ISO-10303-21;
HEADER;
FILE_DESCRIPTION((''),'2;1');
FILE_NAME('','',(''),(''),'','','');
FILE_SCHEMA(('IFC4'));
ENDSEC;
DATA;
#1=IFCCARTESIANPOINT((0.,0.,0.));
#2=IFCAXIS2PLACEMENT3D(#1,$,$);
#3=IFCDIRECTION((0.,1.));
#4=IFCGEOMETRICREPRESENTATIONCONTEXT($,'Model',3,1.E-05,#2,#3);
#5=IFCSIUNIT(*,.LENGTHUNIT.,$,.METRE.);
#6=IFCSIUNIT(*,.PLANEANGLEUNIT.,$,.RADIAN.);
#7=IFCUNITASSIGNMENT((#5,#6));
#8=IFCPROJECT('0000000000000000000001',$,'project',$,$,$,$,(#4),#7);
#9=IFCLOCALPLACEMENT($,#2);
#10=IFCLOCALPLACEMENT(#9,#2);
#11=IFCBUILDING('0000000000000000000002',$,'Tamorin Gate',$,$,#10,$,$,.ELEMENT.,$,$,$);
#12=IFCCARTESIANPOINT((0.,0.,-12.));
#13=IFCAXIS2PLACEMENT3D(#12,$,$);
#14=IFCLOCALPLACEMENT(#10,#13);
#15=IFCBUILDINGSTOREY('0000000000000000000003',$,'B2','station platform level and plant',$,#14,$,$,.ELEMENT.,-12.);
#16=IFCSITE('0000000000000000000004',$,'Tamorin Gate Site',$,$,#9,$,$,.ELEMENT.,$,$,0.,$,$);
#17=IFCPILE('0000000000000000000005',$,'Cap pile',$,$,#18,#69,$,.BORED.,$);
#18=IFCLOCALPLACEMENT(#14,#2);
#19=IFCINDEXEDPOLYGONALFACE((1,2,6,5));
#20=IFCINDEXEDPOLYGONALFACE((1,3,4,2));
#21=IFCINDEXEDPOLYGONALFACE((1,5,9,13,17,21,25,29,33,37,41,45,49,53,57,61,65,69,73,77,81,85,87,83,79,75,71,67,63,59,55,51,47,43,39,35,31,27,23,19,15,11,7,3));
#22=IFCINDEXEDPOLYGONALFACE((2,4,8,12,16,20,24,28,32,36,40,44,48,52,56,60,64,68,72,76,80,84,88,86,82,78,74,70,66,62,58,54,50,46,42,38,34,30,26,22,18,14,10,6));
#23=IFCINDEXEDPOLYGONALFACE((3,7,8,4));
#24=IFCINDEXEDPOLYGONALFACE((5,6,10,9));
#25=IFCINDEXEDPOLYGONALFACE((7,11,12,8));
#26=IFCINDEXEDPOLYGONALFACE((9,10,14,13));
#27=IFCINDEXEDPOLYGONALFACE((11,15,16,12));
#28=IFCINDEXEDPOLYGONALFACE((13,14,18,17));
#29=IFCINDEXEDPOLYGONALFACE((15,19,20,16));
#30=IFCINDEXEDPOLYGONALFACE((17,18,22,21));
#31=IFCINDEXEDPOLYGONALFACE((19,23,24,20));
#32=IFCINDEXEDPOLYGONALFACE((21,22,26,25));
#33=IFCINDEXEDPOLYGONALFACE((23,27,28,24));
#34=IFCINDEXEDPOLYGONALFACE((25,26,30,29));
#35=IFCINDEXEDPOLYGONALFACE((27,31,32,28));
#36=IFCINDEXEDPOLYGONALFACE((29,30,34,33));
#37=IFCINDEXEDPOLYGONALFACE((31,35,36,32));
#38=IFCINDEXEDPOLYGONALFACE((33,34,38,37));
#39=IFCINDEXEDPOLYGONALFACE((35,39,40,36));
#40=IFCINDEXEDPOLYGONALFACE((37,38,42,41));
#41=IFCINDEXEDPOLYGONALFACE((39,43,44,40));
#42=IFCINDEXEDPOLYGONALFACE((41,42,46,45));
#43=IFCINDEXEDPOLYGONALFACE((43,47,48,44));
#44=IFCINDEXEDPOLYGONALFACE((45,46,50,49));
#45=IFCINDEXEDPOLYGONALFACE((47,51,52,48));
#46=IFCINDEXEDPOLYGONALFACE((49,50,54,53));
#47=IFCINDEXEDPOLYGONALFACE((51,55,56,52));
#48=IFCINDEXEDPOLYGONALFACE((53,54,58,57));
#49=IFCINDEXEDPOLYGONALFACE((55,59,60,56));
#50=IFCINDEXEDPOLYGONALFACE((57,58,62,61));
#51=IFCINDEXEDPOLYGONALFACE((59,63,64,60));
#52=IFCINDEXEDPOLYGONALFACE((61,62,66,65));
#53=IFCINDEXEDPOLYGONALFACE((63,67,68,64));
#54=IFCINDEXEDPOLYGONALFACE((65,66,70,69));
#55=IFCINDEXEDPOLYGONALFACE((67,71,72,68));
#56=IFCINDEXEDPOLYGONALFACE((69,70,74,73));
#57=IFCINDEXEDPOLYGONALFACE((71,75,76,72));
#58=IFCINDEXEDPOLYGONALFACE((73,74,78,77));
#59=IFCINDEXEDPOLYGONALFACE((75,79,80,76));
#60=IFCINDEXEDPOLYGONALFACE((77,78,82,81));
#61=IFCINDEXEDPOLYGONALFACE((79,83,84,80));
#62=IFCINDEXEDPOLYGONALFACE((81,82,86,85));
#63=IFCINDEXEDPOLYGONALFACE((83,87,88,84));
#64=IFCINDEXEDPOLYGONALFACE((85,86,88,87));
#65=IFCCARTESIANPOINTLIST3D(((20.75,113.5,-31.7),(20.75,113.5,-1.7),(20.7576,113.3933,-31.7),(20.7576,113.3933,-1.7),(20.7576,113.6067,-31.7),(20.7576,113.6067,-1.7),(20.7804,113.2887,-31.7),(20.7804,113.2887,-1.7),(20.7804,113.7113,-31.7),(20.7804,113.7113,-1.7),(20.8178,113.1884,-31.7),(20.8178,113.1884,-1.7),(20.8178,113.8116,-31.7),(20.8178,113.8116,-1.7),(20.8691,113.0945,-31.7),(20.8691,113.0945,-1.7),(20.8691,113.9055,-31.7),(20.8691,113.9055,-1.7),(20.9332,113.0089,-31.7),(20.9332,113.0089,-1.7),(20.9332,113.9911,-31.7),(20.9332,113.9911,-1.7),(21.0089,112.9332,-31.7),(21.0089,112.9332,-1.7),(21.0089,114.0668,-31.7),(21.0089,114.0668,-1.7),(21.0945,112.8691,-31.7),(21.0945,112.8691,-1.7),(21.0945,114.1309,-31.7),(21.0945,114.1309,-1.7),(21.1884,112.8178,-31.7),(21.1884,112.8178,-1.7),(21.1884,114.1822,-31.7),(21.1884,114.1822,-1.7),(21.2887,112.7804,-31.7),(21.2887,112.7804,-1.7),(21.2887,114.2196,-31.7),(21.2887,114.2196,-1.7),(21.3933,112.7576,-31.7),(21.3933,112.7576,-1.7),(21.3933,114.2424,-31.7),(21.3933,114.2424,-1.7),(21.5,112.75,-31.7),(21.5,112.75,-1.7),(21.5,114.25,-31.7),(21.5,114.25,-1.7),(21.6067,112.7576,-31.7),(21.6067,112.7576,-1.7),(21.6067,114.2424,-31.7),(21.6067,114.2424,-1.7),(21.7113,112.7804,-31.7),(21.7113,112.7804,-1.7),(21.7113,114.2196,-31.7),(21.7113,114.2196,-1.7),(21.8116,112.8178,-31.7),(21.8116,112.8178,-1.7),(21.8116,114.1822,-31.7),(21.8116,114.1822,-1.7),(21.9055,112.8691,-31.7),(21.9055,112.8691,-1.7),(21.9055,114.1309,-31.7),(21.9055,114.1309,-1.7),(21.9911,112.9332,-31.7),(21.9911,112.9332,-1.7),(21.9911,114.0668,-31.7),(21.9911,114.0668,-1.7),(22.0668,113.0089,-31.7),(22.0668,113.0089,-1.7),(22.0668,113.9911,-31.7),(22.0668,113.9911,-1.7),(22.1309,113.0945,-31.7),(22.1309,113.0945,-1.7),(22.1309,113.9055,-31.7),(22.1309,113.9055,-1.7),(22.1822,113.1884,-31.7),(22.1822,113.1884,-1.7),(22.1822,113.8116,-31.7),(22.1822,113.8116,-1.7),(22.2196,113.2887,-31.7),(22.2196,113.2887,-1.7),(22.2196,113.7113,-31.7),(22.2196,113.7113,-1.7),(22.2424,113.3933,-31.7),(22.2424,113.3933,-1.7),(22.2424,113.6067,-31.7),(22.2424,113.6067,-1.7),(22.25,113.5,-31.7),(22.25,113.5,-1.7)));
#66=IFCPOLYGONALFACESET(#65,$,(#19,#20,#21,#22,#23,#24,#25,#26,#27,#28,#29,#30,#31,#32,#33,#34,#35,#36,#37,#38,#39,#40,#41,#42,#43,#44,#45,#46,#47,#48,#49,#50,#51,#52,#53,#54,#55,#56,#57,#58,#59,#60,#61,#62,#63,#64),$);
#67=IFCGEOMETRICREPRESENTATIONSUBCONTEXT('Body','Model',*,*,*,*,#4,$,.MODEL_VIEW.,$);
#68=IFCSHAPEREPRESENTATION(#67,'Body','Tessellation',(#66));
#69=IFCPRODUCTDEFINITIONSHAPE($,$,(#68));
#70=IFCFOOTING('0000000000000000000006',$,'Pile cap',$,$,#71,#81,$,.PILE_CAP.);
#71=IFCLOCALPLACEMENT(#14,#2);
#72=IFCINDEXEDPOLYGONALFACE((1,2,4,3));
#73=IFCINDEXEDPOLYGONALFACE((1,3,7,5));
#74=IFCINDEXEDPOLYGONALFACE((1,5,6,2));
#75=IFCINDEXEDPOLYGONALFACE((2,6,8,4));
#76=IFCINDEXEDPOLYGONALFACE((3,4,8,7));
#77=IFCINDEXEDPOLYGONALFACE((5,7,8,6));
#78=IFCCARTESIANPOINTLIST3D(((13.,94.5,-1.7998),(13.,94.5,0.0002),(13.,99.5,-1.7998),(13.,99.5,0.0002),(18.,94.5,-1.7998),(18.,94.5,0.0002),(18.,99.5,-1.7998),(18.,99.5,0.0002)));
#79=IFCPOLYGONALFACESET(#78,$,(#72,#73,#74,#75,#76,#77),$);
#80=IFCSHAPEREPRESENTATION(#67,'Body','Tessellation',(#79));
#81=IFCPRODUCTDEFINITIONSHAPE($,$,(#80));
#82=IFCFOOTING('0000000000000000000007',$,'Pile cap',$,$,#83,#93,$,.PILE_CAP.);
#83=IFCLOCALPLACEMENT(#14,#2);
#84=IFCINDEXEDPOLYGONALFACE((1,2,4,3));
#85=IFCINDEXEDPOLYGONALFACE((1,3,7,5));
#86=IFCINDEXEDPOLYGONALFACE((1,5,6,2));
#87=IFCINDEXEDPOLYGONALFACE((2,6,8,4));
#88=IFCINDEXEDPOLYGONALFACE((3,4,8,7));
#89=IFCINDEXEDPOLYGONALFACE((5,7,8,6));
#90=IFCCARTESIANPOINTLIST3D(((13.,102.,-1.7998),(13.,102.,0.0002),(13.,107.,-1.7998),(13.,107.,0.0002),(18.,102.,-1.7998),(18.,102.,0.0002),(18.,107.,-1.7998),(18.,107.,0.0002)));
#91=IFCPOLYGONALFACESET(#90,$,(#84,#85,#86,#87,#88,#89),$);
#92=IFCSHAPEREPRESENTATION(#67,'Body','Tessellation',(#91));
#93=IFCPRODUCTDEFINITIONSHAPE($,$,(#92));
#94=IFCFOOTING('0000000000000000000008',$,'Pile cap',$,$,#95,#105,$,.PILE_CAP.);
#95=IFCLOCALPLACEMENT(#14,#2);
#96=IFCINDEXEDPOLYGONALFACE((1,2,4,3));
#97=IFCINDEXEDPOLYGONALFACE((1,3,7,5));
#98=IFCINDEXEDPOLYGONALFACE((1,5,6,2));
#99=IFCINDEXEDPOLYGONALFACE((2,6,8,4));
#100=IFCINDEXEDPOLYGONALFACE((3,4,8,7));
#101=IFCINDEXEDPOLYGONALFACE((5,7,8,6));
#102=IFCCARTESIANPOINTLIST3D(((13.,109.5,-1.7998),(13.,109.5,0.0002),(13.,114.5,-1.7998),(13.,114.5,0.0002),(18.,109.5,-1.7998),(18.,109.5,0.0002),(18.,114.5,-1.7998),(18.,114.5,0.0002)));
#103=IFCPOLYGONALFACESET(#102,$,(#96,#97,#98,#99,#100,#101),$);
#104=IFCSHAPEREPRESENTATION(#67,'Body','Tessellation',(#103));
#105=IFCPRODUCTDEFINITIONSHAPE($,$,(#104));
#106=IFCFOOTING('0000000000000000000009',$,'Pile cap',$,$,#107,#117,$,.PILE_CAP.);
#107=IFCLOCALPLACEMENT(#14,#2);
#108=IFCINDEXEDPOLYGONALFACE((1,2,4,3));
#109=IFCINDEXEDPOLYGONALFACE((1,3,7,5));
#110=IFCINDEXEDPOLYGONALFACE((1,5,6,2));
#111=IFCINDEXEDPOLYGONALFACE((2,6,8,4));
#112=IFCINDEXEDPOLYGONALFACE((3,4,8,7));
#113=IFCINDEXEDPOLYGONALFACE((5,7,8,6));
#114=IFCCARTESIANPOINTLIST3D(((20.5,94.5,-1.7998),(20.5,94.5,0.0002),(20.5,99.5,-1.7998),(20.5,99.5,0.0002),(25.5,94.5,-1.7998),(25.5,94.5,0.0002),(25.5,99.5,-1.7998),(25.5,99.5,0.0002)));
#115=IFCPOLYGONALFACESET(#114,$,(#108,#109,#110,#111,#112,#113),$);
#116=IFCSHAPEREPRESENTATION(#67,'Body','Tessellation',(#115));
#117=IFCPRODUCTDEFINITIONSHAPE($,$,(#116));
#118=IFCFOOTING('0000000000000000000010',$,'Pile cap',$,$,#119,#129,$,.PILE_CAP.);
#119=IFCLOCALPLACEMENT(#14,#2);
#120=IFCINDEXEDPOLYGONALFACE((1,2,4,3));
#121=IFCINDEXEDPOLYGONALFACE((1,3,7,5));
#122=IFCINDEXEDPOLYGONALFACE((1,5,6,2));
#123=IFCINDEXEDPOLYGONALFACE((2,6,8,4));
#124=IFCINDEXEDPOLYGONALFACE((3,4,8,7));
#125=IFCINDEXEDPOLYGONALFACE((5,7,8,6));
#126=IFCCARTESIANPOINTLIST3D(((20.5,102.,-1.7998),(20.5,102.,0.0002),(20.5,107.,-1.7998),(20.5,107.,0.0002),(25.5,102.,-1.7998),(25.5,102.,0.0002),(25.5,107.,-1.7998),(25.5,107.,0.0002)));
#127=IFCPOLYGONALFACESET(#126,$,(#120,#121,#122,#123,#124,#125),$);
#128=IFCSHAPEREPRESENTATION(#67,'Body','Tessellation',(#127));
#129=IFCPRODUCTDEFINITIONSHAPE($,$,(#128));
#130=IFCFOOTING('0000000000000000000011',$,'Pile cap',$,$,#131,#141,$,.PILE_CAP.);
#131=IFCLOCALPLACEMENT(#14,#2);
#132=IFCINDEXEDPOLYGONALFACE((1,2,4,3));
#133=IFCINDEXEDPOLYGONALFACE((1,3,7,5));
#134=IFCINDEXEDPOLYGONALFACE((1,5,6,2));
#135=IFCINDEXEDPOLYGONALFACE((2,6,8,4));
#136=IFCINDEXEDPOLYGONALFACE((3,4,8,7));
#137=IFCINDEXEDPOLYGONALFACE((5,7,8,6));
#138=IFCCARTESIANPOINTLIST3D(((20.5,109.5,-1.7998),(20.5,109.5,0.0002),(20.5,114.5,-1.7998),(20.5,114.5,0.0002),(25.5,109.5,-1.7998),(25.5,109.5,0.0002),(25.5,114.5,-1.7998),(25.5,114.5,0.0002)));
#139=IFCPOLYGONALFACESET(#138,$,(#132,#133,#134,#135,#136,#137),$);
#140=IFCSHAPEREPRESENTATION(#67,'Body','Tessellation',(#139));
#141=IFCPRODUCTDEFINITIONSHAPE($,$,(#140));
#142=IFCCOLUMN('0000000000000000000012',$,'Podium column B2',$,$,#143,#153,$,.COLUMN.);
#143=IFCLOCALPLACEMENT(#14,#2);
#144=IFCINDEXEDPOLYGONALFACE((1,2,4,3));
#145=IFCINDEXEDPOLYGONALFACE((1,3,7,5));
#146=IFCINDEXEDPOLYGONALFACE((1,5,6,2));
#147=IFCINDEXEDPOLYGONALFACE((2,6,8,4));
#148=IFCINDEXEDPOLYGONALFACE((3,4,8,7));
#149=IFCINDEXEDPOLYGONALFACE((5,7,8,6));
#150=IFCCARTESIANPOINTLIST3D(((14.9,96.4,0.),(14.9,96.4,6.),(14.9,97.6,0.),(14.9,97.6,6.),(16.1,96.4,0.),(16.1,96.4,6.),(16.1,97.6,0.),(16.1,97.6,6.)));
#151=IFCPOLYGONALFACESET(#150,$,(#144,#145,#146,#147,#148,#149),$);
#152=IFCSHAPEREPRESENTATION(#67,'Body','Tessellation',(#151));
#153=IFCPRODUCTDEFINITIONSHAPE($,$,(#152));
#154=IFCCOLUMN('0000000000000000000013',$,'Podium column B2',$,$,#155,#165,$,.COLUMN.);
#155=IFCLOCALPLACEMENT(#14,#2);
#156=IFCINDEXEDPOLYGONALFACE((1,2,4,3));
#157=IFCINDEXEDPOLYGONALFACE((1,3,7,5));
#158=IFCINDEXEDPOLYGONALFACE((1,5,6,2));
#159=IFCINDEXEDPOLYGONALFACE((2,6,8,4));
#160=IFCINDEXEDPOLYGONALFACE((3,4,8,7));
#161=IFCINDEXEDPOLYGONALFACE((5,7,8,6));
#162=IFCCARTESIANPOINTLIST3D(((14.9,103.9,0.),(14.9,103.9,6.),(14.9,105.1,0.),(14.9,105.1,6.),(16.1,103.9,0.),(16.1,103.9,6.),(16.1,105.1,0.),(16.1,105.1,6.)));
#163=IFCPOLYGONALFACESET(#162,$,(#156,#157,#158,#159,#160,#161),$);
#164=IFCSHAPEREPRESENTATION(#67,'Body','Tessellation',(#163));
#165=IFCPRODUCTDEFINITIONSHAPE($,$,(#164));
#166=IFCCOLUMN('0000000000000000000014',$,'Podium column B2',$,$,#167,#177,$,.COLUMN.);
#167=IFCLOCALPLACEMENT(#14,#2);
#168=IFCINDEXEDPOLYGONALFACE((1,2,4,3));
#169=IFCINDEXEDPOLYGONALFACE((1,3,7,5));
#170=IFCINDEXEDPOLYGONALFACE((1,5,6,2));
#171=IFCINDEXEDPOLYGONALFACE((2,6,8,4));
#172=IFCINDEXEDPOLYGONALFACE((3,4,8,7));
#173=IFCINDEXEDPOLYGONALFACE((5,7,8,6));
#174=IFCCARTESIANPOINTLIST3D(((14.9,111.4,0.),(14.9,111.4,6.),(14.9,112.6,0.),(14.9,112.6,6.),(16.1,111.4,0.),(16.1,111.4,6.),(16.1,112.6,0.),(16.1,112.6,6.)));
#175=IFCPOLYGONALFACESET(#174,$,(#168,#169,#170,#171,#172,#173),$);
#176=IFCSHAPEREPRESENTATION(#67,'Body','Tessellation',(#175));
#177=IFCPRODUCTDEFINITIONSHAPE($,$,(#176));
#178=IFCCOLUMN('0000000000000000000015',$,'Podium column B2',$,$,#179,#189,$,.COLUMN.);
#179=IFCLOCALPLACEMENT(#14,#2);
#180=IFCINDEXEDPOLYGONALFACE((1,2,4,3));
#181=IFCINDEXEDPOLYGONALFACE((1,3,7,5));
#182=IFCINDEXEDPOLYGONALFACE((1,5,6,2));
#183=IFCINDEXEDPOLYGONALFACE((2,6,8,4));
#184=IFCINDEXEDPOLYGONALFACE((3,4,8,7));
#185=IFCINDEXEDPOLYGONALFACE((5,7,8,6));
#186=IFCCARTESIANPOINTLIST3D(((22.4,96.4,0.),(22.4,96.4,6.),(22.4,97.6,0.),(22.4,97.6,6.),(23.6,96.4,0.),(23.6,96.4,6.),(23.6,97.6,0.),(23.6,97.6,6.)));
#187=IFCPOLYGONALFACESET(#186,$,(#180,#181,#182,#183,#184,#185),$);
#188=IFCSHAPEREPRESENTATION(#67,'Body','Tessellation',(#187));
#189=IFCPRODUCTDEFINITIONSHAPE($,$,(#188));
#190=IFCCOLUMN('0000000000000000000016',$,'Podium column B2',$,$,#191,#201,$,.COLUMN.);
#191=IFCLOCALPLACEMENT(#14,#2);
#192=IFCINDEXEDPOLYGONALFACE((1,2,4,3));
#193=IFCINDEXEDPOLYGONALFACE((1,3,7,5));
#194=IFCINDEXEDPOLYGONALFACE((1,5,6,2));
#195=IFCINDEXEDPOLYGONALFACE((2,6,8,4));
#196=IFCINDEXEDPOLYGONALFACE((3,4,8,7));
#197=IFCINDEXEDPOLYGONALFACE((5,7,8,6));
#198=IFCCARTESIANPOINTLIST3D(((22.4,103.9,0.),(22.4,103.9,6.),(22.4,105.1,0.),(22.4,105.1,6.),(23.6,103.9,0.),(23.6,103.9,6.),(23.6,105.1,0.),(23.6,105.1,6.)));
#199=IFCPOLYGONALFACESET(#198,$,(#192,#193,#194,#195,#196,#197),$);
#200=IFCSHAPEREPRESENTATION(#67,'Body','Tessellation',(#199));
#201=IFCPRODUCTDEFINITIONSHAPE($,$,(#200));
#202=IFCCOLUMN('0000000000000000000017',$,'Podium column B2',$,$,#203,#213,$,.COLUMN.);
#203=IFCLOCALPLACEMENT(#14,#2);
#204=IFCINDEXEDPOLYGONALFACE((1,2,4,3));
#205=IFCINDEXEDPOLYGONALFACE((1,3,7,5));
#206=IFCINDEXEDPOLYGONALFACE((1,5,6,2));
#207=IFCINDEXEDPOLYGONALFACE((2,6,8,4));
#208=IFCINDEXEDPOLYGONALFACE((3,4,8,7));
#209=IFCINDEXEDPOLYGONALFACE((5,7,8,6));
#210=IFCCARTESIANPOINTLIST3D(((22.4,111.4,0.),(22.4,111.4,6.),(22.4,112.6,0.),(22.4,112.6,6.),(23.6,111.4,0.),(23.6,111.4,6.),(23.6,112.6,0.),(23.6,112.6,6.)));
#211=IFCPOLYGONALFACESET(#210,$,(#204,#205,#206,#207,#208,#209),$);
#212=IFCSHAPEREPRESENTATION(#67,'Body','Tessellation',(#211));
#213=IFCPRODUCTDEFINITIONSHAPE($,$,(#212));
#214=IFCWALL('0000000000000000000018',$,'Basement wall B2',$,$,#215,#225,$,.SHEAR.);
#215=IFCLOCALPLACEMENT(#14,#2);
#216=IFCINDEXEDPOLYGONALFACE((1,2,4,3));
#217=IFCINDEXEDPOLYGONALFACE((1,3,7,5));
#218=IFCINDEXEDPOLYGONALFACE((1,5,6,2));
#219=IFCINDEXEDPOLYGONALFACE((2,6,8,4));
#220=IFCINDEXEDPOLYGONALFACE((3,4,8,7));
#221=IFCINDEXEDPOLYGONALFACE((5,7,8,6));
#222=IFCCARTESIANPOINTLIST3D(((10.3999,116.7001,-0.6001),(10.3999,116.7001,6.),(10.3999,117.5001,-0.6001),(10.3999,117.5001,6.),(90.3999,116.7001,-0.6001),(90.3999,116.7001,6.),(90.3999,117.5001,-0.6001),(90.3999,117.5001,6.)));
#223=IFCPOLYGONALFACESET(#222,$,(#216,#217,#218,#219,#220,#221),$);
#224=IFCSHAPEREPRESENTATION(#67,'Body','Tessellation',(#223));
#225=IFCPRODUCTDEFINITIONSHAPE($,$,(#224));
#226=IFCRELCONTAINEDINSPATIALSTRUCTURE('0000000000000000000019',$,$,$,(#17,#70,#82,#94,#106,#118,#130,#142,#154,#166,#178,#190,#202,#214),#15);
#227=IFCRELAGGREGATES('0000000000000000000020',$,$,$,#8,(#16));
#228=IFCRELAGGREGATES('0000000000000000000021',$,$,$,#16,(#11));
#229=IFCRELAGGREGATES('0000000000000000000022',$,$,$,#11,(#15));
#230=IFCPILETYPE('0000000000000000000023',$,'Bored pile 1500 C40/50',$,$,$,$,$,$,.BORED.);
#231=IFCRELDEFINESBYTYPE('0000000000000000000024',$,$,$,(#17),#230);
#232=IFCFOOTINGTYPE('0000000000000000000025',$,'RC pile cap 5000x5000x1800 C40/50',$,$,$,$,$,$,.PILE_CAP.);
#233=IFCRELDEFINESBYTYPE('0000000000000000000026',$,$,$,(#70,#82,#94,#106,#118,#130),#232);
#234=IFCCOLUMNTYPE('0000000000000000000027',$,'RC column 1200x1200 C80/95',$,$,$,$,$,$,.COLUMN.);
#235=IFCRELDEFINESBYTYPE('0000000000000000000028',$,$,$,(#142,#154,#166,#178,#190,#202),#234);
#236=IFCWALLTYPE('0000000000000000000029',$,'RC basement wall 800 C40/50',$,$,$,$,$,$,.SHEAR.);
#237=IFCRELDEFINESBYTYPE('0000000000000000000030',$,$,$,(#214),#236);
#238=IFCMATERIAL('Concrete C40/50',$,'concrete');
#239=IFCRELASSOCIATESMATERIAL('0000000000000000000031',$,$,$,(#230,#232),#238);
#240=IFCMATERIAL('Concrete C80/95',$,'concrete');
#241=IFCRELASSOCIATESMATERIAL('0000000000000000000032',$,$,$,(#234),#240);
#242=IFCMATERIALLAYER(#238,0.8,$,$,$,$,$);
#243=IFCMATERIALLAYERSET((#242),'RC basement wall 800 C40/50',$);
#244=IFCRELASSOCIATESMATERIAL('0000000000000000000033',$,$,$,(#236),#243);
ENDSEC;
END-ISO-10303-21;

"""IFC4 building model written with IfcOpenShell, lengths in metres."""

from ifc_helpers import new_model, si_unit, direction, frame, frame_2d, origin, origin_2d, place, context, subcontext, project, spatial, rectangle, circle, extrude, material, layer, layer_set, material_profile, profile_set, type_object, element, save


model = new_model("IFC4")

# Units and contexts
model_context = context("Model", 3, precision=1e-05, world=origin(), true_north=direction((0.0, 1.0)))
body_context = subcontext(model_context, "Body", "Model", "MODEL_VIEW")
ifc_project = project(units=[si_unit("LENGTHUNIT", "METRE"), si_unit("PLANEANGLEUNIT", "RADIAN")], contexts=[model_context])

# Site, building, storey
site_placement = place(None, origin())
site = spatial("IfcSite", under=ifc_project, at=site_placement, Name="Tamorin Gate Site", CompositionType="ELEMENT", RefElevation=0.0)
building_placement = place(site_placement, origin())
building = spatial("IfcBuilding", under=site, at=building_placement, Name="Tamorin Gate", CompositionType="ELEMENT")
storey_placement = place(building_placement, frame((0.0, 0.0, -12.0)))
storey = spatial("IfcBuildingStorey", under=building, at=storey_placement, Name="B2", Description="station platform level and plant", CompositionType="ELEMENT", Elevation=-12.0)

# Pile
ifc_material_1 = material(Name="Concrete C40/50", Category="concrete")
ifc_material_profile_1 = material_profile(ifc_material_1, circle(Radius=0.75, at=origin_2d()))
ifc_profile_set_1 = profile_set([ifc_material_profile_1], Name="Concrete C40/50")
pile_type = type_object("IfcPileType", Name="Bored pile 1500 C40/50", PredefinedType="BORED", material=ifc_profile_set_1)
for number, where, z_axis, x_axis, name in (
    (1, (21.5, 113.5, -1.7), (0.0, 0.0, -1.0), (1.0, 0.0, 0.0), "Cap pile"),
):
    element("IfcPile", number, at=place(storey_placement, frame(where, z_axis=z_axis, x_axis=x_axis)), inside=storey, type_object=pile_type, Name=name, PredefinedType="BORED", context=body_context, shape_type="SweptSolid", body=[
        extrude(circle(Radius=0.75, at=origin_2d()), origin(), (0.0, 0.0, 1.0), 30.0),
    ])

# Footings
footing_type = type_object("IfcFootingType", Name="RC pile cap 5000x5000x1800 C40/50", PredefinedType="PILE_CAP", material=ifc_material_1)
for number, where, z_axis, x_axis, name in (
    (2, (15.5, 97.0, -1.7998), (0.0, 0.0, 1.0), (1.0, 0.0, 0.0), "Pile cap"),
    (3, (15.5, 104.5, -1.7998), (0.0, 0.0, 1.0), (1.0, 0.0, 0.0), "Pile cap"),
    (4, (15.5, 112.0, -1.7998), (0.0, 0.0, 1.0), (1.0, 0.0, 0.0), "Pile cap"),
    (5, (23.0, 97.0, -1.7998), (0.0, 0.0, 1.0), (1.0, 0.0, 0.0), "Pile cap"),
    (6, (23.0, 104.5, -1.7998), (0.0, 0.0, 1.0), (1.0, 0.0, 0.0), "Pile cap"),
    (7, (23.0, 112.0, -1.7998), (0.0, 0.0, 1.0), (1.0, 0.0, 0.0), "Pile cap"),
):
    element("IfcFooting", number, at=place(storey_placement, frame(where, z_axis=z_axis, x_axis=x_axis)), inside=storey, type_object=footing_type, Name=name, PredefinedType="PILE_CAP", context=body_context, shape_type="SweptSolid", body=[
        extrude(rectangle(XDim=5.0, YDim=5.0, at=origin_2d()), origin(), (0.0, 0.0, 1.0), 1.8),
    ])

# Columns
ifc_material_2 = material(Name="Concrete C80/95", Category="concrete")
ifc_material_profile_2 = material_profile(ifc_material_2, rectangle(XDim=1.2, YDim=1.2, at=origin_2d()), Name="RC 1200x1200")
ifc_profile_set_2 = profile_set([ifc_material_profile_2], Name="Concrete C80/95")
column_type = type_object("IfcColumnType", Name="RC column 1200x1200 C80/95", PredefinedType="COLUMN", material=ifc_profile_set_2)
for number, where, z_axis, x_axis, name in (
    (8, (15.5, 97.0, 0.0), (0.0, 0.0, 1.0), (1.0, 0.0, 0.0), "Podium column B2"),
    (9, (15.5, 104.5, 0.0), (0.0, 0.0, 1.0), (1.0, 0.0, 0.0), "Podium column B2"),
    (10, (15.5, 112.0, 0.0), (0.0, 0.0, 1.0), (1.0, 0.0, 0.0), "Podium column B2"),
    (11, (23.0, 97.0, 0.0), (0.0, 0.0, 1.0), (1.0, 0.0, 0.0), "Podium column B2"),
    (12, (23.0, 104.5, 0.0), (0.0, 0.0, 1.0), (1.0, 0.0, 0.0), "Podium column B2"),
    (13, (23.0, 112.0, 0.0), (0.0, 0.0, 1.0), (1.0, 0.0, 0.0), "Podium column B2"),
):
    element("IfcColumn", number, at=place(storey_placement, frame(where, z_axis=z_axis, x_axis=x_axis)), inside=storey, type_object=column_type, Name=name, PredefinedType="COLUMN", context=body_context, shape_type="SweptSolid", body=[
        extrude(rectangle(XDim=1.2, YDim=1.2, at=origin_2d()), origin(), (0.0, 0.0, 1.0), 6.0),
    ])

# Wall
ifc_layer_1 = layer(ifc_material_1, 0.8)
ifc_layer_set_1 = layer_set([ifc_layer_1], Name="RC basement wall 800 C40/50")
wall_type_1 = type_object("IfcWallType", Name="RC basement wall 800 C40/50", PredefinedType="SHEAR", material=ifc_layer_set_1)
wall_1_placement = place(storey_placement, frame((10.3999, 117.1001, -0.6001), z_axis=(0.0, 0.0, 1.0), x_axis=(1.0, 0.0, 0.0)))
element("IfcWall", 14, at=wall_1_placement, inside=storey, type_object=wall_type_1, Name="Basement wall B2", PredefinedType="SHEAR", context=body_context, shape_type="SweptSolid", body=[
    extrude(rectangle(XDim=80.0, YDim=0.8, at=frame_2d((40.0, 0.0))), origin(), (0.0, 0.0, 1.0), 6.6001),
])

save(model, "model.ifc")
